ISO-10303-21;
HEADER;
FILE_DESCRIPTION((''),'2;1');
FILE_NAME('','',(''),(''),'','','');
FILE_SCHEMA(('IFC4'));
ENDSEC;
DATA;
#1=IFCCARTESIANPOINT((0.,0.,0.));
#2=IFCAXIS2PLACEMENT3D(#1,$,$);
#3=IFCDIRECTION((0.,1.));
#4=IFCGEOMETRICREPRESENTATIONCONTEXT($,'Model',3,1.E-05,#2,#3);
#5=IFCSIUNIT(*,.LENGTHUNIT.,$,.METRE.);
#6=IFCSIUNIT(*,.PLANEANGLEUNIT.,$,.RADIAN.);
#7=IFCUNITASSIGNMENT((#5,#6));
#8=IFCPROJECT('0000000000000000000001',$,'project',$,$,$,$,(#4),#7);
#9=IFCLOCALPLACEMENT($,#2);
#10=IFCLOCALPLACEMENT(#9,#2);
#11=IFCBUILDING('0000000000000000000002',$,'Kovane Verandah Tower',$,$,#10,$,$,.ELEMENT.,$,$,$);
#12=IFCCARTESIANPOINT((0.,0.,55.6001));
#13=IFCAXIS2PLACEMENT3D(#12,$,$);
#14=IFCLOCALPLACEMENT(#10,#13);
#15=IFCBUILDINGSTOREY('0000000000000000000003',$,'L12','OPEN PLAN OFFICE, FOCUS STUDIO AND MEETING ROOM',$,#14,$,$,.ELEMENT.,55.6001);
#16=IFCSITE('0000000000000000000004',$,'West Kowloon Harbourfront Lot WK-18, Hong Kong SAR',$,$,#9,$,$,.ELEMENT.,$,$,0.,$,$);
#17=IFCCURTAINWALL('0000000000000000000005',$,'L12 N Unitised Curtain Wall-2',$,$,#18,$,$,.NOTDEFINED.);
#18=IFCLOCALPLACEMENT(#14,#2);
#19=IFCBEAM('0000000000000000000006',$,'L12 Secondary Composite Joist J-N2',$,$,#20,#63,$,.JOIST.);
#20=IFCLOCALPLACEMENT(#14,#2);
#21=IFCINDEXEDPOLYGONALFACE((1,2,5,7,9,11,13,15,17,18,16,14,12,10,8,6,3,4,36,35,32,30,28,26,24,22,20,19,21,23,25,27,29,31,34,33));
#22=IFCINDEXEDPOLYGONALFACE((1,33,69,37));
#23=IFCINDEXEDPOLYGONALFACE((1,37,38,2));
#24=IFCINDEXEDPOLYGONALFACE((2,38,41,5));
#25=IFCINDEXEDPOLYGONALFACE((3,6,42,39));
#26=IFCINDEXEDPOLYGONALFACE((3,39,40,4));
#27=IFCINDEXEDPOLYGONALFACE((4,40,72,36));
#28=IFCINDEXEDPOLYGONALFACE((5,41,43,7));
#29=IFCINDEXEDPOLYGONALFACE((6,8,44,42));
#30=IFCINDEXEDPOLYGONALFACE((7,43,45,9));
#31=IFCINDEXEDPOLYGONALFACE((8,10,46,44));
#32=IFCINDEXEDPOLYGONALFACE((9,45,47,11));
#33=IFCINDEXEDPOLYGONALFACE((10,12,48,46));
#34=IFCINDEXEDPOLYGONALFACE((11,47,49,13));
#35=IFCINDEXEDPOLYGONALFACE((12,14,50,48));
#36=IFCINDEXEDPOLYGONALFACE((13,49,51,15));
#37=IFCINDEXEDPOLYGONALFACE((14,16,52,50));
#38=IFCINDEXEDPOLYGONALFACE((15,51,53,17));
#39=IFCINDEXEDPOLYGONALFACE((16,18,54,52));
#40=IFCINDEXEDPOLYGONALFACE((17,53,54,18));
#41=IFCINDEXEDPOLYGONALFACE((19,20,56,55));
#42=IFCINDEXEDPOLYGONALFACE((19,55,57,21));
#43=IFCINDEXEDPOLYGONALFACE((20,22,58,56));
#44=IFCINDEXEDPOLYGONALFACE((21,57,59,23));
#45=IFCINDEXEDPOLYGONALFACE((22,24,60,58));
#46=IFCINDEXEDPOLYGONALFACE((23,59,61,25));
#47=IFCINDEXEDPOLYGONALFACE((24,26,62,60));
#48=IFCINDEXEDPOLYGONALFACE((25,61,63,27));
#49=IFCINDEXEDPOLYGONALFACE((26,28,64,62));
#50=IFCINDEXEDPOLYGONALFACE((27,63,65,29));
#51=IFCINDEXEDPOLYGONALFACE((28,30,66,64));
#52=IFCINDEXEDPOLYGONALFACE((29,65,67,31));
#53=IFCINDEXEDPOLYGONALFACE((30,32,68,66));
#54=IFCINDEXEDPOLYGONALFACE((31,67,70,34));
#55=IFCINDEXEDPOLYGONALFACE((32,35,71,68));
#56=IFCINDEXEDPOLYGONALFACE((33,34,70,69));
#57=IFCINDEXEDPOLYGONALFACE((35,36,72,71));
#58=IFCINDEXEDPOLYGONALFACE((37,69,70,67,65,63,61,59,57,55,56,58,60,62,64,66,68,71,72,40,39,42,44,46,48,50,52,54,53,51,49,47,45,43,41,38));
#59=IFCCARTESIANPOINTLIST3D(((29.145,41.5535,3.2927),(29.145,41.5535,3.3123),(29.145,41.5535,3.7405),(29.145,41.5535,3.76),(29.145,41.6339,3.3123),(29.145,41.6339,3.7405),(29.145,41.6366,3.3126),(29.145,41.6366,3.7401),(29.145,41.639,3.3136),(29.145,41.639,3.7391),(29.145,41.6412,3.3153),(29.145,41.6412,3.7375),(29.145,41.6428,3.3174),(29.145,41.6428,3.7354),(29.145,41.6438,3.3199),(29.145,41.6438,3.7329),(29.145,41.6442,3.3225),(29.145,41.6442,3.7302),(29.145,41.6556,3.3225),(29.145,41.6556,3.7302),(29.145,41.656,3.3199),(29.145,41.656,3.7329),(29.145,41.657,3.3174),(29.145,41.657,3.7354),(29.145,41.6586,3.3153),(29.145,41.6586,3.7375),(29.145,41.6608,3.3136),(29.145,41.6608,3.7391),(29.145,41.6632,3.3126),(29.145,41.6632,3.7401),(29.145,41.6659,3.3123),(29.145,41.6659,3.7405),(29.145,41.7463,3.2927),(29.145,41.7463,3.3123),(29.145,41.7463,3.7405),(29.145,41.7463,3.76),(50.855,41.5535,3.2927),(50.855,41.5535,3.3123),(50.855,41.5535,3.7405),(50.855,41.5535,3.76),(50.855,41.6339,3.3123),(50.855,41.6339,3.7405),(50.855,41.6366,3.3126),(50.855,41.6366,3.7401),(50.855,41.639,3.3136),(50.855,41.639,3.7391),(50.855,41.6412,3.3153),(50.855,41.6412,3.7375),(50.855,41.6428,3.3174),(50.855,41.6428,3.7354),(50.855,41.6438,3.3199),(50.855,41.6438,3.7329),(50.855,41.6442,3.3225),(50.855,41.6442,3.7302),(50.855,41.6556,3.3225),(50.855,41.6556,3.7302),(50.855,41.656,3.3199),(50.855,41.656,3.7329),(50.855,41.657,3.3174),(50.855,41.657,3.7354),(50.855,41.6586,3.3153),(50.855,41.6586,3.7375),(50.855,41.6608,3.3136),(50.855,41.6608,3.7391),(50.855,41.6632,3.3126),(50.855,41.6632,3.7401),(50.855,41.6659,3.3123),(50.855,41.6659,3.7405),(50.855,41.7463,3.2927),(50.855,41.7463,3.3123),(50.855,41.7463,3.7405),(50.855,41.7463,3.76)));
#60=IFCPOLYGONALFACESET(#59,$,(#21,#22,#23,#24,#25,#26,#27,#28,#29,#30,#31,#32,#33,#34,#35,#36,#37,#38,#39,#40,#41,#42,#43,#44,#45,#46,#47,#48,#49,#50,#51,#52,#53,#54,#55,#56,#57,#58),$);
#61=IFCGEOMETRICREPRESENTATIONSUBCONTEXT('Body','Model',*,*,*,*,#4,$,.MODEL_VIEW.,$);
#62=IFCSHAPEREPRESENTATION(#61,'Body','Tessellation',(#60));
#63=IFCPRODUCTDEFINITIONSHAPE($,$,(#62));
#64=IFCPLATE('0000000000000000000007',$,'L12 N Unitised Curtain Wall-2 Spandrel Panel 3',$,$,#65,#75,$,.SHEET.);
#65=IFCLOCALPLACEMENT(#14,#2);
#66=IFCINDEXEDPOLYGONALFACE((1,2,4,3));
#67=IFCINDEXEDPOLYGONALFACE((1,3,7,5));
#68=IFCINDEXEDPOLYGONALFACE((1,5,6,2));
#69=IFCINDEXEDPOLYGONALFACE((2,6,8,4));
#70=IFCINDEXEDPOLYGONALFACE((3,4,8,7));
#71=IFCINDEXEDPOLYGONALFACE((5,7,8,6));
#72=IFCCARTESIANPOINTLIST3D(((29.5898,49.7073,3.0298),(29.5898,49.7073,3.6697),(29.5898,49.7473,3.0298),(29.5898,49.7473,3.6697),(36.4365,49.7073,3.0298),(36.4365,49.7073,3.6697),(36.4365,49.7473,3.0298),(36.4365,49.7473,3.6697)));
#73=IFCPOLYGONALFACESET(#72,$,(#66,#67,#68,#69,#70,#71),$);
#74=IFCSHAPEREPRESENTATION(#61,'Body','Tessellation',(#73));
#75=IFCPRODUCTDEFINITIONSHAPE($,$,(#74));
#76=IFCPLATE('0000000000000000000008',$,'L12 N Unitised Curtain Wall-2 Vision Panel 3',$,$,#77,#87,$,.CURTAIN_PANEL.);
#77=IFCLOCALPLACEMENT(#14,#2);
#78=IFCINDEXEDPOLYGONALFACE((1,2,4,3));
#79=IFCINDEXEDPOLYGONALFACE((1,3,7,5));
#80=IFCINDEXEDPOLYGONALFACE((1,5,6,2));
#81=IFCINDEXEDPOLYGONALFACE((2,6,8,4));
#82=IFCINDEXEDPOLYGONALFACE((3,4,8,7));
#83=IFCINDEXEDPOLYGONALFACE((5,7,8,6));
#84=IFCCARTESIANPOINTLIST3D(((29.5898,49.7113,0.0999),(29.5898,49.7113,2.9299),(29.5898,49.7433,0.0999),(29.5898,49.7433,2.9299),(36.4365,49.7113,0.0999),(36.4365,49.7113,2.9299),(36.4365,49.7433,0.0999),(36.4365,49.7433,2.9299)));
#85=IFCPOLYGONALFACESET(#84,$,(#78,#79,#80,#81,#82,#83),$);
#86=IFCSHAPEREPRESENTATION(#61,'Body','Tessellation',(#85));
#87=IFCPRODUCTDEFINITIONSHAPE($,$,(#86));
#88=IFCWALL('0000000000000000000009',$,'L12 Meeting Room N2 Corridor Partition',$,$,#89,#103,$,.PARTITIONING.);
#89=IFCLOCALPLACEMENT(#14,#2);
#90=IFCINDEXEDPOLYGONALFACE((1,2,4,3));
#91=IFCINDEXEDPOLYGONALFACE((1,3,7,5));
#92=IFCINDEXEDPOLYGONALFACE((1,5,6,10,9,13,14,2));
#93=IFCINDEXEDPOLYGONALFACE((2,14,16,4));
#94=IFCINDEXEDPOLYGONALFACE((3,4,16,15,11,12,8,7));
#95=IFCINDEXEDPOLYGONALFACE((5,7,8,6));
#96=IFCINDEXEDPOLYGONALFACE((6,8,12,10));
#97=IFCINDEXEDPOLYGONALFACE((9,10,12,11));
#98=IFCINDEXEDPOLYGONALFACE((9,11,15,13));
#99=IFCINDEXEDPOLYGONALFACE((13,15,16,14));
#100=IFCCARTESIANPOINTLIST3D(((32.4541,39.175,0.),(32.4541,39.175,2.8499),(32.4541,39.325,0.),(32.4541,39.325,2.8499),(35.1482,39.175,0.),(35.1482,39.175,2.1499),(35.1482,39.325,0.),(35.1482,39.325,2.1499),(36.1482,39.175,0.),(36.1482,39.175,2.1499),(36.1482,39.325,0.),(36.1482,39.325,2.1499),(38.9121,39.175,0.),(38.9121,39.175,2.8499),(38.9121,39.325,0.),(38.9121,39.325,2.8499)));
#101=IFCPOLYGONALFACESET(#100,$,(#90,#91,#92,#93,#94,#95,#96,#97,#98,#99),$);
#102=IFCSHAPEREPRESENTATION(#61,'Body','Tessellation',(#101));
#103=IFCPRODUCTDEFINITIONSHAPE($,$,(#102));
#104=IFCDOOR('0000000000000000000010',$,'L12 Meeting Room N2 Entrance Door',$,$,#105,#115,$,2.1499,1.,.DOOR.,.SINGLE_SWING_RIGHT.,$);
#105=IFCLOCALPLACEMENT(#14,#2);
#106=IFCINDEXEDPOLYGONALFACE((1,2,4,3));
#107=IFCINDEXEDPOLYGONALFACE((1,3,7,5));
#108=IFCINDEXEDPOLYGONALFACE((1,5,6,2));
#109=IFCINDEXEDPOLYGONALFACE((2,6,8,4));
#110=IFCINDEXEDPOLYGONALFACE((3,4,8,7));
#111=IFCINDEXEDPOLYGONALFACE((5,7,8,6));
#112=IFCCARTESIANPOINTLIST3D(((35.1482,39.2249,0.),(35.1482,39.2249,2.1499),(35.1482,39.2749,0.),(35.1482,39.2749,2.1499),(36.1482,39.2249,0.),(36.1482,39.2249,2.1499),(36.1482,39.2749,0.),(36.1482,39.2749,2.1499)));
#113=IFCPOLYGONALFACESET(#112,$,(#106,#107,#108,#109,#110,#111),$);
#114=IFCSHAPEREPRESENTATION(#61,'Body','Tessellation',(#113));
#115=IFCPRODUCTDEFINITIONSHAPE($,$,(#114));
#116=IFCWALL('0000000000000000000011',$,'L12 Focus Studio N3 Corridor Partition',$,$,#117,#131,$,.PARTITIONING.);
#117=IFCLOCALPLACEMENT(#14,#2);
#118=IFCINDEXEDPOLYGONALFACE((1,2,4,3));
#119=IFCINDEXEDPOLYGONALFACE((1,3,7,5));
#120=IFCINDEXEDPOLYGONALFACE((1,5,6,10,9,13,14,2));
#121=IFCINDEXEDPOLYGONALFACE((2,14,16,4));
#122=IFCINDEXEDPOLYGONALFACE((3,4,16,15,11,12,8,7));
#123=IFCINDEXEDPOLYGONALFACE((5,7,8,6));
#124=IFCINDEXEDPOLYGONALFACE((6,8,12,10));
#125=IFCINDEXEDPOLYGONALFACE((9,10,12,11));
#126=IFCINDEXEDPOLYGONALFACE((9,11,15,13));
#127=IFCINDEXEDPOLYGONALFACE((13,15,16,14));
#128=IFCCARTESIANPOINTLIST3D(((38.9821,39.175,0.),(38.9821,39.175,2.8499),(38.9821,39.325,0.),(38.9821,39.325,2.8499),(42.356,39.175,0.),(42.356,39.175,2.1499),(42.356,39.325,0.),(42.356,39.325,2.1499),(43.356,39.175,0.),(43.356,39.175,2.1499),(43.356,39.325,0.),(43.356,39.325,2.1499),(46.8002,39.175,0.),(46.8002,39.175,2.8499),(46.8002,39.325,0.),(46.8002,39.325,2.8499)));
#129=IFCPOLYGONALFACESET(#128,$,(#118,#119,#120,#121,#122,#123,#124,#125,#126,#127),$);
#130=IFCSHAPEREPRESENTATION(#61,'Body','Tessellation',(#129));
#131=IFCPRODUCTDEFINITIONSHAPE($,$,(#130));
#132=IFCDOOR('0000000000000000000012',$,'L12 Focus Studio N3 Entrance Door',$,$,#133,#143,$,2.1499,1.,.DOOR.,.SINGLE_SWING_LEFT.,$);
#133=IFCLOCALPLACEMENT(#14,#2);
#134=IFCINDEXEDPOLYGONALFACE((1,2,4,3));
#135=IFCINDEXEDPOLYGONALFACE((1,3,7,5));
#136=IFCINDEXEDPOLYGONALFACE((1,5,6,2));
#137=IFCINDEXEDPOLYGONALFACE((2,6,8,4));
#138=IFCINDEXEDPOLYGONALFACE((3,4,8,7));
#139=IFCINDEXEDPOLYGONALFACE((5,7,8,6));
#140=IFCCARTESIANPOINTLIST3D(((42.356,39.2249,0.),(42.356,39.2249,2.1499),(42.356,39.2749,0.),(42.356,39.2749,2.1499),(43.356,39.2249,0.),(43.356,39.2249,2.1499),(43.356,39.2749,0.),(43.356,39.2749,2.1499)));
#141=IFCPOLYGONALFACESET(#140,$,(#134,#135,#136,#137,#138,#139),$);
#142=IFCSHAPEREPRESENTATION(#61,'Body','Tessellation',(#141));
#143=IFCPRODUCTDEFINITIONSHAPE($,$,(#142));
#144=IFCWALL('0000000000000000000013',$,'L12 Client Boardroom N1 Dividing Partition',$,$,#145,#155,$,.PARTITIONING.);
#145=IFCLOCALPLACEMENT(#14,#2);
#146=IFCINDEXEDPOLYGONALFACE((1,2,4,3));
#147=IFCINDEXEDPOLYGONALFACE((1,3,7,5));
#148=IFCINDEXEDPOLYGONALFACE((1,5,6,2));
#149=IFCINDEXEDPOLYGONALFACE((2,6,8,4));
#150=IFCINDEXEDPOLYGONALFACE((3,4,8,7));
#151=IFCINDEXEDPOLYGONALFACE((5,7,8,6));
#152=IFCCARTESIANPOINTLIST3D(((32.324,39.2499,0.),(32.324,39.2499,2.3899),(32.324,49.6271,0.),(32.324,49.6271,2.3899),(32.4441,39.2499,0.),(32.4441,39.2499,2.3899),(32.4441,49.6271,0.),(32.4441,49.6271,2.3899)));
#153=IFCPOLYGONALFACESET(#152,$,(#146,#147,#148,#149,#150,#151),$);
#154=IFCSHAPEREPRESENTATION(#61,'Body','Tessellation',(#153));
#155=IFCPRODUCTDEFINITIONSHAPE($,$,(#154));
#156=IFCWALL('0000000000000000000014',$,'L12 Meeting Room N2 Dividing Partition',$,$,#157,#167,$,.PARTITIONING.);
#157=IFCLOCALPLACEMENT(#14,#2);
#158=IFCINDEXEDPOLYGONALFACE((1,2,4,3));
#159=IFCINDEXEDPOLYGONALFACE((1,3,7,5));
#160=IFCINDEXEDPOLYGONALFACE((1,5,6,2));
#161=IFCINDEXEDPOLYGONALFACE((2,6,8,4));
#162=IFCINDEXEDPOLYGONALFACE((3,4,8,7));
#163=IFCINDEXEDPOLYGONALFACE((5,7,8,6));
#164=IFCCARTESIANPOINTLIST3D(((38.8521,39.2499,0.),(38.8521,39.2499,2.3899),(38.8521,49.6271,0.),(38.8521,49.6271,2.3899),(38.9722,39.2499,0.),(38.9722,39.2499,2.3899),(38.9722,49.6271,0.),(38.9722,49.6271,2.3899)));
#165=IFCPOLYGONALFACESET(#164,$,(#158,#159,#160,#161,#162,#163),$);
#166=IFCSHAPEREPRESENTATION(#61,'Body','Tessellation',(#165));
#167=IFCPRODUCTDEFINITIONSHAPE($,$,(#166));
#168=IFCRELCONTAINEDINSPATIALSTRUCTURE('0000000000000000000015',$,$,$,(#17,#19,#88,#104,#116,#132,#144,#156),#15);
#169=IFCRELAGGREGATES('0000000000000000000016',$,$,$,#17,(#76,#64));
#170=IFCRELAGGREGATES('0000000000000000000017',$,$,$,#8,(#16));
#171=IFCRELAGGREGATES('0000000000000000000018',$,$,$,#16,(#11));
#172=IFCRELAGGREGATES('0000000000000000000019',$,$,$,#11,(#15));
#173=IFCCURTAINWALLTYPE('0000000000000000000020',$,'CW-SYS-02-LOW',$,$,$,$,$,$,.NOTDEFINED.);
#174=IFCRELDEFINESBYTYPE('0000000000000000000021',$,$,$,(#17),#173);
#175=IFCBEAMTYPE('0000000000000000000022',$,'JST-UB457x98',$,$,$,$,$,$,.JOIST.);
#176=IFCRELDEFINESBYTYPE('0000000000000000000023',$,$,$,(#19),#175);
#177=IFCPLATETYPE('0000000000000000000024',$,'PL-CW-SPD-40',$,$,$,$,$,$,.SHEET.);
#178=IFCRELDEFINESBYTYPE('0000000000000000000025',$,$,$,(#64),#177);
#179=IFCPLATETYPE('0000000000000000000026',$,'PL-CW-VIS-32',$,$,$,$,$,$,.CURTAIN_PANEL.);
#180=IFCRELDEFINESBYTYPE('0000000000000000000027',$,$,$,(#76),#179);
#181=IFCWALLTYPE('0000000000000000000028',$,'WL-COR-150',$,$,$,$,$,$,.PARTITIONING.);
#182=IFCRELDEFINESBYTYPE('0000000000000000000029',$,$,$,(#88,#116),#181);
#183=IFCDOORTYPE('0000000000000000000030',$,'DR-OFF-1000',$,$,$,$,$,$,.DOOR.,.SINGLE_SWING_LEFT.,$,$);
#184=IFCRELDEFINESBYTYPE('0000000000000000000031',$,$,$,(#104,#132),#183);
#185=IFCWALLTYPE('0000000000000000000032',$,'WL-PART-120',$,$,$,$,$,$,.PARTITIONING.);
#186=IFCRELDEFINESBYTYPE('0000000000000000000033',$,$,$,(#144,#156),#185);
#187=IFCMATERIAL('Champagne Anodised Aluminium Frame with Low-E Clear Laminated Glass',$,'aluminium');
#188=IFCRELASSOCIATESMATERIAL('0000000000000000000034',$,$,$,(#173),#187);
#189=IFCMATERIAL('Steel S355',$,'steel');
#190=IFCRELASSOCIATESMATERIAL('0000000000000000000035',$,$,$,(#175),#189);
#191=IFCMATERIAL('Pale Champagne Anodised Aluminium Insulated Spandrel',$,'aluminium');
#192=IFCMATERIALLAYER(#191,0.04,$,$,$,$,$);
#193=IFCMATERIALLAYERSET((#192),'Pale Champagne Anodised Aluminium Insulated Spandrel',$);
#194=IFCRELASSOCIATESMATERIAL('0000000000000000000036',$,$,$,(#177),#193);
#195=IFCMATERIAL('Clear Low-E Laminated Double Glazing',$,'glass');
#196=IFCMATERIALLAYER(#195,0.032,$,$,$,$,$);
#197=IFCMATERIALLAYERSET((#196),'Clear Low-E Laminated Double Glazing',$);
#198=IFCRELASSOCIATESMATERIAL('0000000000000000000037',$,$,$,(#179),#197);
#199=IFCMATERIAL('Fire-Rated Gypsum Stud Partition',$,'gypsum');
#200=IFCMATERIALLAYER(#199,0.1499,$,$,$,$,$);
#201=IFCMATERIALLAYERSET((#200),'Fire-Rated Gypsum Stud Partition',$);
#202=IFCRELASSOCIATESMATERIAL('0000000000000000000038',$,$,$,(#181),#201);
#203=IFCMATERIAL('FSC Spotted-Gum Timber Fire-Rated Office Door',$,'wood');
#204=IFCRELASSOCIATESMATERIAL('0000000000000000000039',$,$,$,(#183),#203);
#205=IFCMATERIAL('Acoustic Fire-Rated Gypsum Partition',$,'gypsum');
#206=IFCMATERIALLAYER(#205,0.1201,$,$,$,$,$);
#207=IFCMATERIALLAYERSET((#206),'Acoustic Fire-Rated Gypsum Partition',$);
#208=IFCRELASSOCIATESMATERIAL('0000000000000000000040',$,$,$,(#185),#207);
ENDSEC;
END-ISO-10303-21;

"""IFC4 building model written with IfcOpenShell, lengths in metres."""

from ifc_helpers import new_model, si_unit, direction, frame, frame_2d, origin, origin_2d, place, context, subcontext, project, spatial, rectangle, i_section, extrude, material, layer, layer_set, material_profile, profile_set, type_object, element, fill, aggregate, save


model = new_model("IFC4")

# Units and contexts
model_context = context("Model", 3, precision=1e-05, world=origin(), true_north=direction((0.0, 1.0)))
body_context = subcontext(model_context, "Body", "Model", "MODEL_VIEW")
ifc_project = project(units=[si_unit("LENGTHUNIT", "METRE"), si_unit("PLANEANGLEUNIT", "RADIAN")], contexts=[model_context])

# Site, building, storey
site_placement = place(None, origin())
site = spatial("IfcSite", under=ifc_project, at=site_placement, Name="West Kowloon Harbourfront Lot WK-18, Hong Kong SAR", CompositionType="ELEMENT", RefElevation=0.0)
building_placement = place(site_placement, origin())
building = spatial("IfcBuilding", under=site, at=building_placement, Name="Kovane Verandah Tower", CompositionType="ELEMENT")
storey_placement = place(building_placement, frame((0.0, 0.0, 55.6001)))
storey = spatial("IfcBuildingStorey", under=building, at=storey_placement, Name="L12", Description="OPEN PLAN OFFICE, FOCUS STUDIO AND MEETING ROOM", CompositionType="ELEMENT", Elevation=55.6001)

# Shared definitions
ifc_material_1 = material(Name="Steel S355", Category="steel")

# Curtain wall
ifc_material_2 = material(Name="Champagne Anodised Aluminium Frame with Low-E Clear Laminated Glass", Category="aluminium")
curtain_wall_type = type_object("IfcCurtainWallType", Name="CW-SYS-02-LOW", PredefinedType="NOTDEFINED", material=ifc_material_2)
curtain_wall_1_placement = place(storey_placement, origin())
curtain_wall_1 = element("IfcCurtainWall", 1, at=curtain_wall_1_placement, inside=storey, type_object=curtain_wall_type, Name="L12 N Unitised Curtain Wall-2", PredefinedType="NOTDEFINED")

# Beam
ifc_material_profile_1 = material_profile(ifc_material_1, i_section(OverallWidth=0.1929, OverallDepth=0.4673, WebThickness=0.0115, FlangeThickness=0.0195, FilletRadius=0.0103, at=origin_2d()), Name="UB457x191x98")
ifc_profile_set_1 = profile_set([ifc_material_profile_1], Name="Steel S355")
beam_type_1 = type_object("IfcBeamType", Name="JST-UB457x98", PredefinedType="JOIST", material=ifc_profile_set_1)
for number, where, z_axis, x_axis, name in (
    (2, (29.145, 41.6499, 3.5264), (1.0, 0.0, 0.0), (0.0, 1.0, 0.0), "L12 Secondary Composite Joist J-N2"),
):
    element("IfcBeam", number, at=place(storey_placement, frame(where, z_axis=z_axis, x_axis=x_axis)), inside=storey, type_object=beam_type_1, Name=name, PredefinedType="JOIST", context=body_context, shape_type="SweptSolid", body=[
        extrude(i_section(OverallWidth=0.1929, OverallDepth=0.4673, WebThickness=0.0115, FlangeThickness=0.0195, FilletRadius=0.0103, at=origin_2d()), origin(), (0.0, 0.0, 1.0), 21.71),
    ])

# Plates
ifc_material_3 = material(Name="Pale Champagne Anodised Aluminium Insulated Spandrel", Category="aluminium")
ifc_layer_1 = layer(ifc_material_3, 0.04)
ifc_layer_set_1 = layer_set([ifc_layer_1], Name="Pale Champagne Anodised Aluminium Insulated Spandrel")
plate_type_1 = type_object("IfcPlateType", Name="PL-CW-SPD-40", PredefinedType="SHEET", material=ifc_layer_set_1)
plate_1_placement = place(storey_placement, frame((33.0132, 49.7273, 3.0298), z_axis=(0.0, 0.0, 1.0), x_axis=(-1.0, 0.0, 0.0)))
plate_1 = element("IfcPlate", 3, at=plate_1_placement, type_object=plate_type_1, Name="L12 N Unitised Curtain Wall-2 Spandrel Panel 3", PredefinedType="SHEET", context=body_context, shape_type="SweptSolid", body=[
    extrude(rectangle(XDim=6.8467, YDim=0.04, at=origin_2d()), origin(), (0.0, 0.0, 1.0), 0.6399),
])
ifc_material_4 = material(Name="Clear Low-E Laminated Double Glazing", Category="glass")
ifc_layer_2 = layer(ifc_material_4, 0.032)
ifc_layer_set_2 = layer_set([ifc_layer_2], Name="Clear Low-E Laminated Double Glazing")
plate_type_2 = type_object("IfcPlateType", Name="PL-CW-VIS-32", PredefinedType="CURTAIN_PANEL", material=ifc_layer_set_2)
plate_2_placement = place(storey_placement, frame((33.0132, 49.7273, 0.0999), z_axis=(0.0, 0.0, 1.0), x_axis=(-1.0, 0.0, 0.0)))
plate_2 = element("IfcPlate", 4, at=plate_2_placement, type_object=plate_type_2, Name="L12 N Unitised Curtain Wall-2 Vision Panel 3", PredefinedType="CURTAIN_PANEL", context=body_context, shape_type="SweptSolid", body=[
    extrude(rectangle(XDim=6.8467, YDim=0.032, at=origin_2d()), origin(), (0.0, 0.0, 1.0), 2.8301),
])
aggregate(curtain_wall_1, [plate_2, plate_1])

# Walls, openings, doors
ifc_material_5 = material(Name="Fire-Rated Gypsum Stud Partition", Category="gypsum")
ifc_layer_3 = layer(ifc_material_5, 0.1499)
ifc_layer_set_3 = layer_set([ifc_layer_3], Name="Fire-Rated Gypsum Stud Partition")
wall_type_1 = type_object("IfcWallType", Name="WL-COR-150", PredefinedType="PARTITIONING", material=ifc_layer_set_3)
wall_1_placement = place(storey_placement, frame((32.4541, 39.25, 0.0), z_axis=(0.0, 0.0, 1.0), x_axis=(1.0, 0.0, 0.0)))
wall_1 = element("IfcWall", 5, at=wall_1_placement, inside=storey, type_object=wall_type_1, Name="L12 Meeting Room N2 Corridor Partition", PredefinedType="PARTITIONING", context=body_context, shape_type="SweptSolid", body=[
    extrude(rectangle(XDim=6.458, YDim=0.1499, at=frame_2d((3.229, 0.0))), origin(), (0.0, 0.0, 1.0), 2.8499),
])
opening_1_placement = place(wall_1_placement, frame((2.6941, 0.0, 0.0)))
opening_1 = element("IfcOpeningElement", 6, at=opening_1_placement, cuts=wall_1, PredefinedType="OPENING", context=body_context, shape_type="SweptSolid", body=[
    extrude(rectangle(XDim=1.0, YDim=2.1499, at=frame_2d((0.5, 1.075))), frame((0.0, 0.075, 0.0), z_axis=(0.0, -1.0, 0.0), x_axis=(1.0, 0.0, 0.0)), (0.0, 0.0, 1.0), 0.1499),
])
ifc_material_6 = material(Name="FSC Spotted-Gum Timber Fire-Rated Office Door", Category="wood")
door_type_1 = type_object("IfcDoorType", Name="DR-OFF-1000", OperationType="SINGLE_SWING_LEFT", PredefinedType="DOOR", material=ifc_material_6)
door_1_placement = place(opening_1_placement, origin())
door_1 = element("IfcDoor", 7, at=door_1_placement, inside=storey, type_object=door_type_1, Name="L12 Meeting Room N2 Entrance Door", OperationType="SINGLE_SWING_RIGHT", OverallHeight=2.1499, OverallWidth=1.0, PredefinedType="DOOR", context=body_context, shape_type="SweptSolid", body=[
    extrude(rectangle(XDim=1.0, YDim=2.1499, at=frame_2d((0.5, 1.075))), frame((0.0, 0.0249, 0.0), z_axis=(0.0, -1.0, 0.0), x_axis=(1.0, 0.0, 0.0)), (0.0, 0.0, 1.0), 0.05),
])
fill(opening_1, door_1)
wall_2_placement = place(storey_placement, frame((38.9819, 39.25, 0.0), z_axis=(0.0, 0.0, 1.0), x_axis=(1.0, 0.0, 0.0)))
wall_2 = element("IfcWall", 8, at=wall_2_placement, inside=storey, type_object=wall_type_1, Name="L12 Focus Studio N3 Corridor Partition", PredefinedType="PARTITIONING", context=body_context, shape_type="SweptSolid", body=[
    extrude(rectangle(XDim=7.8181, YDim=0.1499, at=frame_2d((3.9092, 0.0))), origin(), (0.0, 0.0, 1.0), 2.8499),
])
opening_2_placement = place(wall_2_placement, frame((3.374, 0.0, 0.0)))
opening_2 = element("IfcOpeningElement", 9, at=opening_2_placement, cuts=wall_2, PredefinedType="OPENING", context=body_context, shape_type="SweptSolid", body=[
    extrude(rectangle(XDim=1.0, YDim=2.1499, at=frame_2d((0.5, 1.075))), frame((0.0, 0.075, 0.0), z_axis=(0.0, -1.0, 0.0), x_axis=(1.0, 0.0, 0.0)), (0.0, 0.0, 1.0), 0.1499),
])
door_2_placement = place(opening_2_placement, origin())
door_2 = element("IfcDoor", 10, at=door_2_placement, inside=storey, type_object=door_type_1, Name="L12 Focus Studio N3 Entrance Door", OperationType="SINGLE_SWING_LEFT", OverallHeight=2.1499, OverallWidth=1.0, PredefinedType="DOOR", context=body_context, shape_type="SweptSolid", body=[
    extrude(rectangle(XDim=1.0, YDim=2.1499, at=frame_2d((0.5, 1.075))), frame((0.0, 0.0249, 0.0), z_axis=(0.0, -1.0, 0.0), x_axis=(1.0, 0.0, 0.0)), (0.0, 0.0, 1.0), 0.05),
])
fill(opening_2, door_2)

# Walls
ifc_material_7 = material(Name="Acoustic Fire-Rated Gypsum Partition", Category="gypsum")
ifc_layer_4 = layer(ifc_material_7, 0.1201)
ifc_layer_set_4 = layer_set([ifc_layer_4], Name="Acoustic Fire-Rated Gypsum Partition")
wall_type_2 = type_object("IfcWallType", Name="WL-PART-120", PredefinedType="PARTITIONING", material=ifc_layer_set_4)
for number, where, z_axis, x_axis, name in (
    (11, (32.384, 39.25, 0.0), (0.0, 0.0, 1.0), (0.0, 1.0, 0.0), "L12 Client Boardroom N1 Dividing Partition"),
    (12, (38.9121, 39.25, 0.0), (0.0, 0.0, 1.0), (0.0, 1.0, 0.0), "L12 Meeting Room N2 Dividing Partition"),
):
    element("IfcWall", number, at=place(storey_placement, frame(where, z_axis=z_axis, x_axis=x_axis)), inside=storey, type_object=wall_type_2, Name=name, PredefinedType="PARTITIONING", context=body_context, shape_type="SweptSolid", body=[
        extrude(rectangle(XDim=10.3772, YDim=0.1201, at=frame_2d((5.1885, 0.0))), origin(), (0.0, 0.0, 1.0), 2.3899),
    ])

save(model, "model.ifc")
